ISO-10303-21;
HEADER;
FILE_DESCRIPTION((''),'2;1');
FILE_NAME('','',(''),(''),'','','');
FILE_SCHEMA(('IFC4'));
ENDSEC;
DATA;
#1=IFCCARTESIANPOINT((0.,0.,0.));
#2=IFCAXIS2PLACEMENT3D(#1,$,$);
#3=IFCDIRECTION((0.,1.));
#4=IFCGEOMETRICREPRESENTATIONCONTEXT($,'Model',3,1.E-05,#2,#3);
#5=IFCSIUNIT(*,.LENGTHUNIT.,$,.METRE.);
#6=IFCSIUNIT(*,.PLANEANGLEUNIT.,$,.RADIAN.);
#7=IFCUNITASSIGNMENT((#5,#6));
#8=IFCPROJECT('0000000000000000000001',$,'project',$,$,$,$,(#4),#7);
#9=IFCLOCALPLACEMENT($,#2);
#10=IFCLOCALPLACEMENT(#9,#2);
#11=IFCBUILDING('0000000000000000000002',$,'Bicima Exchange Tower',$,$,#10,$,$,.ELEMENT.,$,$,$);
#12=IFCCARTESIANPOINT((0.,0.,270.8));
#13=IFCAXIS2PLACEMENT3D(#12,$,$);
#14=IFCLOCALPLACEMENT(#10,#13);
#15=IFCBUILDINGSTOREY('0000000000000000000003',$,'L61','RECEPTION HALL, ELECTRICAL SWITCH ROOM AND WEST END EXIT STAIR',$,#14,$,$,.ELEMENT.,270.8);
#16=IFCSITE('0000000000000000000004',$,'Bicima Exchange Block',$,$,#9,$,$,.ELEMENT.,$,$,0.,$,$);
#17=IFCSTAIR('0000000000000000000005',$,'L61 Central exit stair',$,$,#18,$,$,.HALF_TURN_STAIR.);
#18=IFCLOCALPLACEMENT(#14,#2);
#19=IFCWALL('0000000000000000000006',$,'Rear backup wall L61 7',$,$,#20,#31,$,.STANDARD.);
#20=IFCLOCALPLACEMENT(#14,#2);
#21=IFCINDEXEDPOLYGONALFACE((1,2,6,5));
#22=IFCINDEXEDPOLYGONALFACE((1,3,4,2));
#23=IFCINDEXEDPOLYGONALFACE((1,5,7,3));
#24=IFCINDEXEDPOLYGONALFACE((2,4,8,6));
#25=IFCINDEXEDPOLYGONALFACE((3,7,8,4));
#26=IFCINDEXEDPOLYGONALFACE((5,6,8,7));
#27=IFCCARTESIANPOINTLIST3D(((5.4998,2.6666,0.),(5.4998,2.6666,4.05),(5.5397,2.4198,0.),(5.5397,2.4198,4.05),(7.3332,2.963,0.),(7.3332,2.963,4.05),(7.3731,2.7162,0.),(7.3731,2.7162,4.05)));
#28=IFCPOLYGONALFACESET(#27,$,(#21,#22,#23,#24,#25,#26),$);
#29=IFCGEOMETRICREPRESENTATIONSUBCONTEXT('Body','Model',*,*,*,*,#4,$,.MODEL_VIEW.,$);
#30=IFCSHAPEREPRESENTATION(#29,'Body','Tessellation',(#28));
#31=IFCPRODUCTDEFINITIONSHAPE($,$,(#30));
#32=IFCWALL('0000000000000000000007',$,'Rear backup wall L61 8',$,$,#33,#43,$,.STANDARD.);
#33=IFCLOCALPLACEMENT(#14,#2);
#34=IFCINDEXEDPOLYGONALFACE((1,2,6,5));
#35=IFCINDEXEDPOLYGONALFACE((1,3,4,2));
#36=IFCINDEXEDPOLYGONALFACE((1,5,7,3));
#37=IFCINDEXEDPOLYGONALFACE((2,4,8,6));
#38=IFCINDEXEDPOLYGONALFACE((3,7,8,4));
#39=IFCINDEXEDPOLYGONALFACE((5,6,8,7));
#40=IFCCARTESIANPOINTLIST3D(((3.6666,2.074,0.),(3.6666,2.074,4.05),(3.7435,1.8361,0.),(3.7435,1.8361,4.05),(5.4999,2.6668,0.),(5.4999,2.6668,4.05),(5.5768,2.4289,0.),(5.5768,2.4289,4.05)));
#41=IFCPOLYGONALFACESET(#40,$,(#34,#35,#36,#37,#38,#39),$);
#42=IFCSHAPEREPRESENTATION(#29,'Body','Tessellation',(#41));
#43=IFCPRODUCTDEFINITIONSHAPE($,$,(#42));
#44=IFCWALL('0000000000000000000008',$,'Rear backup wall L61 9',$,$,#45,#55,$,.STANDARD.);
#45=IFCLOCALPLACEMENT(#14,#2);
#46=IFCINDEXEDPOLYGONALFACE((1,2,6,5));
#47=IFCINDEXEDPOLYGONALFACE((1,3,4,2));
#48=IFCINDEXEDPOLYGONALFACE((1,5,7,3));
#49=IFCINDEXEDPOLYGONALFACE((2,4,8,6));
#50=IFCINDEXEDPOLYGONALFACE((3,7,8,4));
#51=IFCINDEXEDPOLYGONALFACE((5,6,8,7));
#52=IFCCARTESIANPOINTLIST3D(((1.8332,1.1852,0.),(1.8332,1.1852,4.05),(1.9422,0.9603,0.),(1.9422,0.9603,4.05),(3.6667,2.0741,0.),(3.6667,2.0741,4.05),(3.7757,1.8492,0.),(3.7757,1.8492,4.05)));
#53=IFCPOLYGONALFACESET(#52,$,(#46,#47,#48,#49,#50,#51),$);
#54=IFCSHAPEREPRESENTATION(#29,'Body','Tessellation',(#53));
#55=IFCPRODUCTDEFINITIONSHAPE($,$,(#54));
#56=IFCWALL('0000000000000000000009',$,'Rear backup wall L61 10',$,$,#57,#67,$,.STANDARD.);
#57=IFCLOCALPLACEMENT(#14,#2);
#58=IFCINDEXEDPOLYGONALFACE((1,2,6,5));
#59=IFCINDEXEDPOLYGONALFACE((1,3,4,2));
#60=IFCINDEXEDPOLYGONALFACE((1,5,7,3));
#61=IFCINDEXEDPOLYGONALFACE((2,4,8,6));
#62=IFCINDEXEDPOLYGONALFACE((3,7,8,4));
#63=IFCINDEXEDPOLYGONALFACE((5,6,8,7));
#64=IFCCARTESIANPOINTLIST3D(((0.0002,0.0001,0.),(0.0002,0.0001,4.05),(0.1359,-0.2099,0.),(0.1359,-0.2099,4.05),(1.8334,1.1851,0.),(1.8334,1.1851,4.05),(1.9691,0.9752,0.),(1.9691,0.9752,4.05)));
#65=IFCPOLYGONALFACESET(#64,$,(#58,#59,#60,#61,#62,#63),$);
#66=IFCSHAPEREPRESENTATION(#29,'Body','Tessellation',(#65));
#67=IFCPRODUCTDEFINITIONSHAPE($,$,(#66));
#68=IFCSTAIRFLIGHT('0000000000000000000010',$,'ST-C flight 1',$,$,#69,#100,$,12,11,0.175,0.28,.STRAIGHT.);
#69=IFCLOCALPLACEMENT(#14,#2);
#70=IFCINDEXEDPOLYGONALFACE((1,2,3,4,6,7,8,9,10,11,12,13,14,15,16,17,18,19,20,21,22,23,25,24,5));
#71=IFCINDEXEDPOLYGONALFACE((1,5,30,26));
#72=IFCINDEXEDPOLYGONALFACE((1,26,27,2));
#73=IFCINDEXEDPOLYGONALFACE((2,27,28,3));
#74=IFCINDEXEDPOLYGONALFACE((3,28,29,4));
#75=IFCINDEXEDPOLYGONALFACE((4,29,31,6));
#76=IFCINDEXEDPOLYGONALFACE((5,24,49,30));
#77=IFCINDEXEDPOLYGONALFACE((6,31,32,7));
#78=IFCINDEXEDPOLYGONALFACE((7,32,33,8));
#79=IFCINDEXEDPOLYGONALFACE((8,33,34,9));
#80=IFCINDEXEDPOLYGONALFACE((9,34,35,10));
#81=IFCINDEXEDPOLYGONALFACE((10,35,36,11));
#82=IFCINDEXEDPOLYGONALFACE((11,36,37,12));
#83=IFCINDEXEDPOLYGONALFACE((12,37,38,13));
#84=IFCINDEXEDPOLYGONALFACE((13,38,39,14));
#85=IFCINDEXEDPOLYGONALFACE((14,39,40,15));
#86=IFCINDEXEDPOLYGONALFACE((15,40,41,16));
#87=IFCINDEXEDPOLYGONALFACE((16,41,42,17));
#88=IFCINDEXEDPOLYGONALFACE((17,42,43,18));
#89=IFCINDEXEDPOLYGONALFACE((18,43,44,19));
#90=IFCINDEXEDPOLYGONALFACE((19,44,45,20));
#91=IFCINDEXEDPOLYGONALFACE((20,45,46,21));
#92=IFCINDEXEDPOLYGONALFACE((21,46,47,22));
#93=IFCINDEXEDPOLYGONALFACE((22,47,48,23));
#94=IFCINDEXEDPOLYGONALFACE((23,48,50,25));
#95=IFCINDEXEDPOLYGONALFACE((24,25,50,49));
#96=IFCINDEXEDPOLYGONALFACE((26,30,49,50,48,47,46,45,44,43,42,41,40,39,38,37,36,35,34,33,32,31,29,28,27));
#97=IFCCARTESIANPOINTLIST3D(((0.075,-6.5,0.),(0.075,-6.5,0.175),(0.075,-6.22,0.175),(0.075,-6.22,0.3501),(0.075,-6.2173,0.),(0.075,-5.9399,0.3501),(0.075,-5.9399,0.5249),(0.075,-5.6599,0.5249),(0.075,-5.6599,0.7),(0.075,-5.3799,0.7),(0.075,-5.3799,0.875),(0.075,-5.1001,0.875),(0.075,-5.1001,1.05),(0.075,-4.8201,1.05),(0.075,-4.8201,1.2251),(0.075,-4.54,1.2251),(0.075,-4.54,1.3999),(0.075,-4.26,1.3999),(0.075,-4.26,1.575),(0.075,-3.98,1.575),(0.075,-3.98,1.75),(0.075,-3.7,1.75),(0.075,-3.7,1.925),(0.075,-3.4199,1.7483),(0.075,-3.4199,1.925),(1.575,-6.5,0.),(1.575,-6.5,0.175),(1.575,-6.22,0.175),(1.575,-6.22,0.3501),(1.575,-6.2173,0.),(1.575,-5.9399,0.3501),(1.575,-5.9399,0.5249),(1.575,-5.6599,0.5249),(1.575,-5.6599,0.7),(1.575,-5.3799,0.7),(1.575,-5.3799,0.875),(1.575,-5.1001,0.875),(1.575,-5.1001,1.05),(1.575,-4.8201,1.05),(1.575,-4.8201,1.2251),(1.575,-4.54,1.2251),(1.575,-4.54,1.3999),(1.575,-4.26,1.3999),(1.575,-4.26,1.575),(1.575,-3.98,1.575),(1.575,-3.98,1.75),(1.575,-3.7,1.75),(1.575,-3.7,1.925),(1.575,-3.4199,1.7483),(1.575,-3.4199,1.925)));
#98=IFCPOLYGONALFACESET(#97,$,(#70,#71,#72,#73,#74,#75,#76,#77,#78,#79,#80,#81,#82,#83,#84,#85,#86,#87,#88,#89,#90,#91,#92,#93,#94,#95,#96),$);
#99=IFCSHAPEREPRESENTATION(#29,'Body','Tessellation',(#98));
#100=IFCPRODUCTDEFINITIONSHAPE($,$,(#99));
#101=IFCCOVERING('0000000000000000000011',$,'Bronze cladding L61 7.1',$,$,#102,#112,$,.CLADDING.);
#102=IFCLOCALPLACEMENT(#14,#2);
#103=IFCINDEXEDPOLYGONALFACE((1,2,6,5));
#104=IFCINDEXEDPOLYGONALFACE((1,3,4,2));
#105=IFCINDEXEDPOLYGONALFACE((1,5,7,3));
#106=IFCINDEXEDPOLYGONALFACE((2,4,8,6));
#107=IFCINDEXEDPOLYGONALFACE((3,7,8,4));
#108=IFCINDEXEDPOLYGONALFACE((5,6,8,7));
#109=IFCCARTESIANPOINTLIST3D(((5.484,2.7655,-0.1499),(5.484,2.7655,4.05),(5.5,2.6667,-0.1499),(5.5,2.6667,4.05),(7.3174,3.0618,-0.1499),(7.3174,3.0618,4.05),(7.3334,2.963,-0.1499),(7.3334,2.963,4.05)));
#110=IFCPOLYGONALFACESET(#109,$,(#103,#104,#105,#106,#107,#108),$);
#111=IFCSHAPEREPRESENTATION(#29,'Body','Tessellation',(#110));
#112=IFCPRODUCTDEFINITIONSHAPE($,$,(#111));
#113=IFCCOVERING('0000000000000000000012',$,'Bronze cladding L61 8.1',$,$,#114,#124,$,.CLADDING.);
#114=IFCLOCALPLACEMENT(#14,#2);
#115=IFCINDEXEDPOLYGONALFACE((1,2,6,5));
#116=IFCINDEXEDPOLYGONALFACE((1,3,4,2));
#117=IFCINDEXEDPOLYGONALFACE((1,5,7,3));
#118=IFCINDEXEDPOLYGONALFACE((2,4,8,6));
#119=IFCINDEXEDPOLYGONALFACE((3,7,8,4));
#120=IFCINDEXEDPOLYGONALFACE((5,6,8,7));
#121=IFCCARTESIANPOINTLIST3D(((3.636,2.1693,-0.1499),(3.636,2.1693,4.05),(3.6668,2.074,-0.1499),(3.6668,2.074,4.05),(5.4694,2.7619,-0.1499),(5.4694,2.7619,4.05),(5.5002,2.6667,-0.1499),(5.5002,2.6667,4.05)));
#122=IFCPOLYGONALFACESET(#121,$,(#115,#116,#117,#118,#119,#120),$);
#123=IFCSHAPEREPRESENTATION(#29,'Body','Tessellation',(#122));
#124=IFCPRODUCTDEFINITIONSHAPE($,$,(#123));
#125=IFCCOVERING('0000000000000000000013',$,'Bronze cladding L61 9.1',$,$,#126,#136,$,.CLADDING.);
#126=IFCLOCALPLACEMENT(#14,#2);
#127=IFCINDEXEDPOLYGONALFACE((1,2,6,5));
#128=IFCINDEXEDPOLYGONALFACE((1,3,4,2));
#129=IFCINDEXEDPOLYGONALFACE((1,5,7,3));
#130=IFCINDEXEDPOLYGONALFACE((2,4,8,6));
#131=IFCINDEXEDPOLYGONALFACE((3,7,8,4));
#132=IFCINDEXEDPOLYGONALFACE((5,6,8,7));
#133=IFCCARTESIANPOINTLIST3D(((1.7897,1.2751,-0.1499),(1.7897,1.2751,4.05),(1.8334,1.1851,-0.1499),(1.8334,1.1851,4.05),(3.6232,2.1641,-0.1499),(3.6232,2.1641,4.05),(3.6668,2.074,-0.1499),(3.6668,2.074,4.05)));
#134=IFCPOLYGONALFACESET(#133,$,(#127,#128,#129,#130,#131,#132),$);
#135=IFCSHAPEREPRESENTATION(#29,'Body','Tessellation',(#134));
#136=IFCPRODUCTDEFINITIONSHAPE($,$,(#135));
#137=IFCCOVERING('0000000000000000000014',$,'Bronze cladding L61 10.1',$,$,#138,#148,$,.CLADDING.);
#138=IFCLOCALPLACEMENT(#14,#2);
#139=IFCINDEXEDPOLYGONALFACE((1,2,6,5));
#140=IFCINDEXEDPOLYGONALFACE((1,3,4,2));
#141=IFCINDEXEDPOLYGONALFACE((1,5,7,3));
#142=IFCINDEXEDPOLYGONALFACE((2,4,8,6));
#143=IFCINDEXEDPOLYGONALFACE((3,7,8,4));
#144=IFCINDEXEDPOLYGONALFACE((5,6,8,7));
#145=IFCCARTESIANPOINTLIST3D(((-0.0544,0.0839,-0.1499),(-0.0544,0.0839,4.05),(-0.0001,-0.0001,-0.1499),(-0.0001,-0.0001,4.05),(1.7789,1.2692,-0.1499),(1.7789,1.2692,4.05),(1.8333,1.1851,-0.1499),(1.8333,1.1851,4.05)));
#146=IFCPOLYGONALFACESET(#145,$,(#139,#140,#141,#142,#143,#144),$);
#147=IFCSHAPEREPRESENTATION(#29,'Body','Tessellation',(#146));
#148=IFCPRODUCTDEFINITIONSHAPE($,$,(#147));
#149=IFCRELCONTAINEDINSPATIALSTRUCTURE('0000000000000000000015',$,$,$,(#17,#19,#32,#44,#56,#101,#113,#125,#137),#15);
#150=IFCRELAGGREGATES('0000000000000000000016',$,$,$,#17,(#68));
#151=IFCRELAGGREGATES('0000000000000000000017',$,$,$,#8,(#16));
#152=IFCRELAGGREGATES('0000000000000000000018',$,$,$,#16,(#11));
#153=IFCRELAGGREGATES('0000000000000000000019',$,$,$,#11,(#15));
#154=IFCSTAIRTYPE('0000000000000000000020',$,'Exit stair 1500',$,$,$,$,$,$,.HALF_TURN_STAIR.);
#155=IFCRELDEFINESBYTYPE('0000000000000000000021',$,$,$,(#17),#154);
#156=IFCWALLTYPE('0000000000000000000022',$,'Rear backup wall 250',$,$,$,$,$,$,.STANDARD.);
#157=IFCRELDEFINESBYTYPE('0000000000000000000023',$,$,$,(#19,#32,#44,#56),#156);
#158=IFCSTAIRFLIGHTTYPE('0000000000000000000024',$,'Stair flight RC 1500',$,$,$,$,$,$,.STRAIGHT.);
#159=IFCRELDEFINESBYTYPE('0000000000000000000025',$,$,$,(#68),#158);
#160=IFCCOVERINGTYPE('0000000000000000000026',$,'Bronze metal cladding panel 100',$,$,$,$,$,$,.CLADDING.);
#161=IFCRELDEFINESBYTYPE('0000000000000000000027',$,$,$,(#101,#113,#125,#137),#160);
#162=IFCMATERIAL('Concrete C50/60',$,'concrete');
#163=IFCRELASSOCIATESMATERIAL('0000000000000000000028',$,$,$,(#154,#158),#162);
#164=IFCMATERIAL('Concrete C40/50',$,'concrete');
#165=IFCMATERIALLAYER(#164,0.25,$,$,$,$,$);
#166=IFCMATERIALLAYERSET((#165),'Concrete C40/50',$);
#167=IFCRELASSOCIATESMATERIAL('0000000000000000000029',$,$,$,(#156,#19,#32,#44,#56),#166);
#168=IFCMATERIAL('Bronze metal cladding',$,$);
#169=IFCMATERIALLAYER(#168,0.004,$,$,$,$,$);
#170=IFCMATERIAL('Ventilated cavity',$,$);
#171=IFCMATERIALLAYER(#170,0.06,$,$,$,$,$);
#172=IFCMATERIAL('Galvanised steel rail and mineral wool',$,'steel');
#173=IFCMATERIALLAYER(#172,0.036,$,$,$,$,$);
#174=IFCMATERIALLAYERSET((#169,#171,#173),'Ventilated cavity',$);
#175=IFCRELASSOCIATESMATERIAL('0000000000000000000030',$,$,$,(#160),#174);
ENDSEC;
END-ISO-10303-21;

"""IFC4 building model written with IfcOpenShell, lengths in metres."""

from ifc_helpers import new_model, si_unit, direction, frame, frame_2d, origin, origin_2d, place, context, subcontext, project, spatial, polyline, rectangle, outline, extrude, material, layer, layer_set, layer_usage, type_object, element, aggregate, save


model = new_model("IFC4")

# Units and contexts
model_context = context("Model", 3, precision=1e-05, world=origin(), true_north=direction((0.0, 1.0)))
body_context = subcontext(model_context, "Body", "Model", "MODEL_VIEW")
ifc_project = project(units=[si_unit("LENGTHUNIT", "METRE"), si_unit("PLANEANGLEUNIT", "RADIAN")], contexts=[model_context])

# Site, building, storey
site_placement = place(None, origin())
site = spatial("IfcSite", under=ifc_project, at=site_placement, Name="Bicima Exchange Block", CompositionType="ELEMENT", RefElevation=0.0)
building_placement = place(site_placement, origin())
building = spatial("IfcBuilding", under=site, at=building_placement, Name="Bicima Exchange Tower", CompositionType="ELEMENT")
storey_placement = place(building_placement, frame((0.0, 0.0, 270.8)))
storey = spatial("IfcBuildingStorey", under=building, at=storey_placement, Name="L61", Description="RECEPTION HALL, ELECTRICAL SWITCH ROOM AND WEST END EXIT STAIR", CompositionType="ELEMENT", Elevation=270.8)

# Stair
ifc_material_1 = material(Name="Concrete C50/60", Category="concrete")
stair_type_1 = type_object("IfcStairType", Name="Exit stair 1500", PredefinedType="HALF_TURN_STAIR", material=ifc_material_1)
stair_1_placement = place(storey_placement, origin())
stair_1 = element("IfcStair", 1, at=stair_1_placement, inside=storey, type_object=stair_type_1, Name="L61 Central exit stair", PredefinedType="HALF_TURN_STAIR")

# Shared definitions
ifc_material_2 = material(Name="Concrete C40/50", Category="concrete")

# Walls
ifc_layer_1 = layer(ifc_material_2, 0.25)
ifc_layer_set_1 = layer_set([ifc_layer_1], Name="Concrete C40/50")
ifc_layer_usage = layer_usage(ifc_layer_set_1, "AXIS2", "POSITIVE", -0.125)
wall_type_1 = type_object("IfcWallType", Name="Rear backup wall 250", PredefinedType="STANDARD", material=ifc_layer_set_1)
wall_1_placement = place(storey_placement, frame((7.3533, 2.8396, 0.0), z_axis=(0.0, 0.0, 1.0), x_axis=(-0.987182, -0.1596, 0.0)))
element("IfcWall", 2, at=wall_1_placement, inside=storey, type_object=wall_type_1, material=ifc_layer_usage, Name="Rear backup wall L61 7", PredefinedType="STANDARD", context=body_context, shape_type="SweptSolid", body=[
    extrude(rectangle(XDim=1.8572, YDim=0.25, at=frame_2d((0.9287, 0.0))), origin(), (0.0, 0.0, 1.0), 4.05),
])
wall_2_placement = place(storey_placement, frame((5.5383, 2.5479, 0.0), z_axis=(0.0, 0.0, 1.0), x_axis=(-0.951496, -0.307662, 0.0)))
element("IfcWall", 3, at=wall_2_placement, inside=storey, type_object=wall_type_1, material=ifc_layer_usage, Name="Rear backup wall L61 8", PredefinedType="STANDARD", context=body_context, shape_type="SweptSolid", body=[
    extrude(rectangle(XDim=1.9268, YDim=0.25, at=frame_2d((0.9634, 0.0))), origin(), (0.0, 0.0, 1.0), 4.05),
])
wall_3_placement = place(storey_placement, frame((3.7212, 1.9617, 0.0), z_axis=(0.0, 0.0, 1.0), x_axis=(-0.899824, -0.436253, 0.0)))
element("IfcWall", 4, at=wall_3_placement, inside=storey, type_object=wall_type_1, material=ifc_layer_usage, Name="Rear backup wall L61 9", PredefinedType="STANDARD", context=body_context, shape_type="SweptSolid", body=[
    extrude(rectangle(XDim=2.0376, YDim=0.25, at=frame_2d((1.0188, 0.0))), origin(), (0.0, 0.0, 1.0), 4.05),
])
wall_4_placement = place(storey_placement, frame((1.9011, 1.0801, 0.0), z_axis=(0.0, 0.0, 1.0), x_axis=(-0.839813, -0.542876, 0.0)))
element("IfcWall", 5, at=wall_4_placement, inside=storey, type_object=wall_type_1, material=ifc_layer_usage, Name="Rear backup wall L61 10", PredefinedType="STANDARD", context=body_context, shape_type="SweptSolid", body=[
    extrude(rectangle(XDim=2.1829, YDim=0.25, at=frame_2d((1.0913, 0.0))), origin(), (0.0, 0.0, 1.0), 4.05),
])

# Stair flight
stair_flight_type = type_object("IfcStairFlightType", Name="Stair flight RC 1500", PredefinedType="STRAIGHT", material=ifc_material_1)
stair_flight_placement = place(storey_placement, frame((0.825, -6.5, 0.0), z_axis=(0.0, 0.0, 1.0), x_axis=(0.0, 1.0, 0.0)))
stair_flight = element("IfcStairFlight", 6, at=stair_flight_placement, type_object=stair_flight_type, Name="ST-C flight 1", NumberOfRisers=12, NumberOfTreads=11, PredefinedType="STRAIGHT", RiserHeight=0.175, TreadLength=0.28, context=body_context, shape_type="SweptSolid", body=[
    extrude(outline(polyline([(0.0, 0.0), (0.0, 0.175), (0.28, 0.175), (0.28, 0.3501), (0.5601, 0.3501), (0.5601, 0.5249), (0.8401, 0.5249), (0.8401, 0.7), (1.1201, 0.7), (1.1201, 0.875), (1.3999, 0.875), (1.3999, 1.05), (1.6799, 1.05), (1.6799, 1.2251), (1.96, 1.2251), (1.96, 1.3999), (2.24, 1.3999), (2.24, 1.575), (2.52, 1.575), (2.52, 1.75), (2.8, 1.75), (2.8, 1.925), (3.0801, 1.925), (3.0801, 2.1001), (3.0801, 1.7483), (0.2827, 0.0), (0.0, 0.0)])), frame((0.0, 0.75, 0.0), z_axis=(0.0, -1.0, 0.0), x_axis=(1.0, 0.0, 0.0)), (0.0, 0.0, 1.0), 1.5),
])
aggregate(stair_1, [stair_flight])

# Coverings
ifc_material_3 = material(Name="Bronze metal cladding")
ifc_layer_2 = layer(ifc_material_3, 0.004)
ifc_material_4 = material(Name="Ventilated cavity")
ifc_layer_3 = layer(ifc_material_4, 0.06)
ifc_material_5 = material(Name="Galvanised steel rail and mineral wool", Category="steel")
ifc_layer_4 = layer(ifc_material_5, 0.036)
ifc_layer_set_2 = layer_set([ifc_layer_2, ifc_layer_3, ifc_layer_4], Name="Ventilated cavity")
covering_type = type_object("IfcCoveringType", Name="Bronze metal cladding panel 100", PredefinedType="CLADDING", material=ifc_layer_set_2)
covering_1_placement = place(storey_placement, frame((6.4087, 2.8643, -0.1499), z_axis=(0.0, 0.0, 1.0), x_axis=(-0.98719, -0.15955, 0.0)))
element("IfcCovering", 7, at=covering_1_placement, inside=storey, type_object=covering_type, Name="Bronze cladding L61 7.1", PredefinedType="CLADDING", context=body_context, shape_type="SweptSolid", body=[
    extrude(rectangle(XDim=1.8572, YDim=0.1001, at=origin_2d()), origin(), (0.0, 0.0, 1.0), 4.2),
])
covering_2_placement = place(storey_placement, frame((4.5681, 2.418, -0.1499), z_axis=(0.0, 0.0, 1.0), x_axis=(-0.951525, -0.307573, 0.0)))
element("IfcCovering", 8, at=covering_2_placement, inside=storey, type_object=covering_type, Name="Bronze cladding L61 8.1", PredefinedType="CLADDING", context=body_context, shape_type="SweptSolid", body=[
    extrude(rectangle(XDim=1.9268, YDim=0.1001, at=origin_2d()), origin(), (0.0, 0.0, 1.0), 4.2),
])
covering_3_placement = place(storey_placement, frame((2.7283, 1.6746, -0.1499), z_axis=(0.0, 0.0, 1.0), x_axis=(-0.899818, -0.436265, 0.0)))
element("IfcCovering", 9, at=covering_3_placement, inside=storey, type_object=covering_type, Name="Bronze cladding L61 9.1", PredefinedType="CLADDING", context=body_context, shape_type="SweptSolid", body=[
    extrude(rectangle(XDim=2.0376, YDim=0.1001, at=origin_2d()), origin(), (0.0, 0.0, 1.0), 4.2),
])
covering_4_placement = place(storey_placement, frame((0.8894, 0.6345, -0.1499), z_axis=(0.0, 0.0, 1.0), x_axis=(-0.83979, -0.542911, 0.0)))
element("IfcCovering", 10, at=covering_4_placement, inside=storey, type_object=covering_type, Name="Bronze cladding L61 10.1", PredefinedType="CLADDING", context=body_context, shape_type="SweptSolid", body=[
    extrude(rectangle(XDim=2.1831, YDim=0.1001, at=origin_2d()), origin(), (0.0, 0.0, 1.0), 4.2),
])

save(model, "model.ifc")
